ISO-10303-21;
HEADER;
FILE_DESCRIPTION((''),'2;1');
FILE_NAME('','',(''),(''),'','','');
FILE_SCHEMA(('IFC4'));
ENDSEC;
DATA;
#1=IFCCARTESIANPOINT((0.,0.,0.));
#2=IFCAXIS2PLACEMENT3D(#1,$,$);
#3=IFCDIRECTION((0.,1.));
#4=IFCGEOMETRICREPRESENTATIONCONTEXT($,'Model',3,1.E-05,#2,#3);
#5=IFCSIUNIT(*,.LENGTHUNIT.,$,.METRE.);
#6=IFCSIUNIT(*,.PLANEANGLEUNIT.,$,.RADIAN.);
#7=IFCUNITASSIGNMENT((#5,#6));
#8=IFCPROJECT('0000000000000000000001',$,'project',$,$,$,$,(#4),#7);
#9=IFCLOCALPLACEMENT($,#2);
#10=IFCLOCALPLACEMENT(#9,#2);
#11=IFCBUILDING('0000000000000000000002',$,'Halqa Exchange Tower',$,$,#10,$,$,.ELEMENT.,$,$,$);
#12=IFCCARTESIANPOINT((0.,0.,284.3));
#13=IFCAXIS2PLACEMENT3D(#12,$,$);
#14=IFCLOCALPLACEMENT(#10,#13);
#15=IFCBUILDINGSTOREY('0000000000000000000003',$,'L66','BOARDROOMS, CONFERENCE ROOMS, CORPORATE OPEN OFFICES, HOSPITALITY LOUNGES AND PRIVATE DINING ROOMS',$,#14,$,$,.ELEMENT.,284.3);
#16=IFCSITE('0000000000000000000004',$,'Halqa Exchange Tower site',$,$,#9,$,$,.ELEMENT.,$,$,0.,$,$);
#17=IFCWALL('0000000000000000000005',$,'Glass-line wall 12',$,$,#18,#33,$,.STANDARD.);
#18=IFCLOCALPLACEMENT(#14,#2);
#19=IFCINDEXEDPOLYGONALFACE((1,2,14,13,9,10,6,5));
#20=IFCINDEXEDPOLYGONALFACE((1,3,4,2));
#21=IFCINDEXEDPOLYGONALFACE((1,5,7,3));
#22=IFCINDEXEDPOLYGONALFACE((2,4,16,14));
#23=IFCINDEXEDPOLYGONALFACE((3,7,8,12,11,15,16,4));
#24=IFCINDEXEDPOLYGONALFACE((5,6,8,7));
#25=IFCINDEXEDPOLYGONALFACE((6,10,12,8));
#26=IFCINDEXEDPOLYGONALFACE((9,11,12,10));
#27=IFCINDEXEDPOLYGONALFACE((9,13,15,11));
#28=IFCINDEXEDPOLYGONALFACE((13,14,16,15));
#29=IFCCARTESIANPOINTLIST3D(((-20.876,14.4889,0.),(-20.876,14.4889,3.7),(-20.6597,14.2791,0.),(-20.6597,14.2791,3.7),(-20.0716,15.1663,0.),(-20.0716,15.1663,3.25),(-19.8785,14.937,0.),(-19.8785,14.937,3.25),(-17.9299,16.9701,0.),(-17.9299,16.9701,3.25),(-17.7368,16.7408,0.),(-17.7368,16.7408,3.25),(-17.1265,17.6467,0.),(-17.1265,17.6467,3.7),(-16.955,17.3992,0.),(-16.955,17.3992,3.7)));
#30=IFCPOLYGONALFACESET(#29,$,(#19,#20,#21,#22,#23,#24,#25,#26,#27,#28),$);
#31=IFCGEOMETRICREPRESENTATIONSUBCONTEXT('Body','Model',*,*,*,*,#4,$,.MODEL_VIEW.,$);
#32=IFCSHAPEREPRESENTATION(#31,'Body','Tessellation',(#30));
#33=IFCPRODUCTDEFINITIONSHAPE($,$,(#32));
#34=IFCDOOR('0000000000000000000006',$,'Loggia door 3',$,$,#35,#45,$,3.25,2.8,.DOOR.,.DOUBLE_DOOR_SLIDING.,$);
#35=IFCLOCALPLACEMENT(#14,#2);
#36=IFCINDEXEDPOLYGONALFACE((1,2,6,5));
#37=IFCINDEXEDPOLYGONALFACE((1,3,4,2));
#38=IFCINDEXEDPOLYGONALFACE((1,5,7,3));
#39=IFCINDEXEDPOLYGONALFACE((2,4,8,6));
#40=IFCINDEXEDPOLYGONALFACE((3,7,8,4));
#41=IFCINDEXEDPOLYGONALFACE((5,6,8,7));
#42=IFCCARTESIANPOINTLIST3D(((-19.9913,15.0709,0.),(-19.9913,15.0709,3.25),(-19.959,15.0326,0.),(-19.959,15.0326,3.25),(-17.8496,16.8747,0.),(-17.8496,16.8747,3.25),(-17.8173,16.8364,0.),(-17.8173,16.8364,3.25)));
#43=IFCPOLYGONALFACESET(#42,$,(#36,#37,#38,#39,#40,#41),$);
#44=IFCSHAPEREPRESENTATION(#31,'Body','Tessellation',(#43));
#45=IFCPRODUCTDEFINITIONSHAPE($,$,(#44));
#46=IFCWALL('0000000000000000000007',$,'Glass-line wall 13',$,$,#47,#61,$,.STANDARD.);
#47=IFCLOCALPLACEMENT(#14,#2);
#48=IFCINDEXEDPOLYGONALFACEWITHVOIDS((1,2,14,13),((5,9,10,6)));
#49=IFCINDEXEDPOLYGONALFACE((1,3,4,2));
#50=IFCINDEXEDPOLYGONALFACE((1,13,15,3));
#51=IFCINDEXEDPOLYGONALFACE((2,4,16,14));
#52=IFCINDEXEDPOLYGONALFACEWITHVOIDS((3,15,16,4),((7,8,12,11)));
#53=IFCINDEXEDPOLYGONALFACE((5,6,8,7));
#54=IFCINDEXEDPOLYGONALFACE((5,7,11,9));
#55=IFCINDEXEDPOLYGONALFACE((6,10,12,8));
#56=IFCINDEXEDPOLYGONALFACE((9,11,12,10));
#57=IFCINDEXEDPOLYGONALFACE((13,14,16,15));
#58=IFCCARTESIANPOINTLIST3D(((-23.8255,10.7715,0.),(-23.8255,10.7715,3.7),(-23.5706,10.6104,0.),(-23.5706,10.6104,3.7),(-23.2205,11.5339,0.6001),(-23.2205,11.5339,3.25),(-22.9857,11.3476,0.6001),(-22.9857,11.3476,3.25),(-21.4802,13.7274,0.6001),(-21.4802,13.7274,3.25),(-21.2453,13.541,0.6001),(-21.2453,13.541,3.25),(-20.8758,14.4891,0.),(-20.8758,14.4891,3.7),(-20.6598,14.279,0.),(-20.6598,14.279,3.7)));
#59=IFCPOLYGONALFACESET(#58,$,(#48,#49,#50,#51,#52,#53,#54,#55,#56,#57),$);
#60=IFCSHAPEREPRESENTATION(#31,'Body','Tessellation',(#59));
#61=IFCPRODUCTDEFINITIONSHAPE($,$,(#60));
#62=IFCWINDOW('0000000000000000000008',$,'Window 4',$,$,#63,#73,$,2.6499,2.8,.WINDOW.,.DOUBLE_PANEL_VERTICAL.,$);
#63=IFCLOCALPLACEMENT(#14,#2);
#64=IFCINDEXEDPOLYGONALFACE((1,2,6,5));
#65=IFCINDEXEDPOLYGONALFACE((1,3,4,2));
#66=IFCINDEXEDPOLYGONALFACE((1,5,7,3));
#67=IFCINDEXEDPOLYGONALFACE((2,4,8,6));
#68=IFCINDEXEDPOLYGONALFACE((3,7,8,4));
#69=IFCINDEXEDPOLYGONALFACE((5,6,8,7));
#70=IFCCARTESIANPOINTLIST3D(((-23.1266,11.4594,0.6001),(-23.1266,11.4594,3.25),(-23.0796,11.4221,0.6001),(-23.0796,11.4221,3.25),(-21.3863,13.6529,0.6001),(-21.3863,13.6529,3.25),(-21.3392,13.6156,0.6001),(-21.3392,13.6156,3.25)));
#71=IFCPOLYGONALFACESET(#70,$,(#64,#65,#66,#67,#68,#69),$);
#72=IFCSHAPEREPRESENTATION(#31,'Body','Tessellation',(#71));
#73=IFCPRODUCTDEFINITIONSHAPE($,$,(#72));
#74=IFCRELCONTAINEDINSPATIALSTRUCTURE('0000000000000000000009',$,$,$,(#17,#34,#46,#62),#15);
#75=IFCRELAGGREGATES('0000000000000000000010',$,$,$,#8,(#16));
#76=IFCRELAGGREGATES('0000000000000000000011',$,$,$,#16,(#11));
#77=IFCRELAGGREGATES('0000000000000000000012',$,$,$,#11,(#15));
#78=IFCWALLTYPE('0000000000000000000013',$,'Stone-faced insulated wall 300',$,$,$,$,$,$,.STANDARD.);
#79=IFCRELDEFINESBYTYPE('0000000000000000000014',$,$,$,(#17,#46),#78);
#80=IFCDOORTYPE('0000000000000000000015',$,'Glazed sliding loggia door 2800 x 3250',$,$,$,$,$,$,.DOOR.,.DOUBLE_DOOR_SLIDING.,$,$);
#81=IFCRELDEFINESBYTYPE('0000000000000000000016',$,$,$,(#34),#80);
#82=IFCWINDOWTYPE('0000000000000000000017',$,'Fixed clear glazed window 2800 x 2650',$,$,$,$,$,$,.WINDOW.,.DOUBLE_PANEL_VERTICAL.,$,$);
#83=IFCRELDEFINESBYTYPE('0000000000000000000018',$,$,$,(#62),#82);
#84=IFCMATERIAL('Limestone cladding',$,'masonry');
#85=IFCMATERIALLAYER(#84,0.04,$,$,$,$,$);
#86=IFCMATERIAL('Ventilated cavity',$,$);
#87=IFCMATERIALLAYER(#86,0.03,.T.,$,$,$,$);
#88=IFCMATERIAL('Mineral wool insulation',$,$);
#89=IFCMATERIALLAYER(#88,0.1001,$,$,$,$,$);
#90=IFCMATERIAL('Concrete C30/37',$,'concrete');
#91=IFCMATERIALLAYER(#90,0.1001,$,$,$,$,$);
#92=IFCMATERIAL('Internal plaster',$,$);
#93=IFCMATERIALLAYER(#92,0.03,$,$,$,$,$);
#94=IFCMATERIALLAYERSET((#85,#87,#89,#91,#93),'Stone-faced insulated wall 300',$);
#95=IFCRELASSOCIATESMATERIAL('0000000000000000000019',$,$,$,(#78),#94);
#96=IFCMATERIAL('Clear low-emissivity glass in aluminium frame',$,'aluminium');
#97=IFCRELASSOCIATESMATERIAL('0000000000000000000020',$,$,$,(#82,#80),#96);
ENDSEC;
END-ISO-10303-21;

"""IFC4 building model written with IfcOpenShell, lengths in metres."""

from ifc_helpers import new_model, si_unit, direction, frame, frame_2d, origin, place, context, subcontext, project, spatial, polyline, rectangle, outline, extrude, material, layer, layer_set, type_object, element, fill, save


model = new_model("IFC4")

# Units and contexts
model_context = context("Model", 3, precision=1e-05, world=origin(), true_north=direction((0.0, 1.0)))
body_context = subcontext(model_context, "Body", "Model", "MODEL_VIEW")
ifc_project = project(units=[si_unit("LENGTHUNIT", "METRE"), si_unit("PLANEANGLEUNIT", "RADIAN")], contexts=[model_context])

# Site, building, storey
site_placement = place(None, origin())
site = spatial("IfcSite", under=ifc_project, at=site_placement, Name="Halqa Exchange Tower site", CompositionType="ELEMENT", RefElevation=0.0)
building_placement = place(site_placement, origin())
building = spatial("IfcBuilding", under=site, at=building_placement, Name="Halqa Exchange Tower", CompositionType="ELEMENT")
storey_placement = place(building_placement, frame((0.0, 0.0, 284.3)))
storey = spatial("IfcBuildingStorey", under=building, at=storey_placement, Name="L66", Description="BOARDROOMS, CONFERENCE ROOMS, CORPORATE OPEN OFFICES, HOSPITALITY LOUNGES AND PRIVATE DINING ROOMS", CompositionType="ELEMENT", Elevation=284.3)

# Shared definitions
ifc_material_1 = material(Name="Limestone cladding", Category="masonry")
ifc_layer_1 = layer(ifc_material_1, 0.04)
ifc_material_2 = material(Name="Ventilated cavity")
ifc_layer_2 = layer(ifc_material_2, 0.03, ventilated=True)
ifc_material_3 = material(Name="Mineral wool insulation")
ifc_layer_3 = layer(ifc_material_3, 0.1001)
ifc_material_4 = material(Name="Concrete C30/37", Category="concrete")
ifc_layer_4 = layer(ifc_material_4, 0.1001)
ifc_material_5 = material(Name="Internal plaster")
ifc_layer_5 = layer(ifc_material_5, 0.03)
ifc_layer_set_1 = layer_set([ifc_layer_1, ifc_layer_2, ifc_layer_3, ifc_layer_4, ifc_layer_5], Name="Stone-faced insulated wall 300")
wall_type_1 = type_object("IfcWallType", Name="Stone-faced insulated wall 300", PredefinedType="STANDARD", material=ifc_layer_set_1)
ifc_material_6 = material(Name="Clear low-emissivity glass in aluminium frame", Category="aluminium")
window_type = type_object("IfcWindowType", Name="Fixed clear glazed window 2800 x 2650", PartitioningType="DOUBLE_PANEL_VERTICAL", PredefinedType="WINDOW", material=ifc_material_6)

# Wall, opening, door
wall_1_placement = place(storey_placement, frame((-17.0408, 17.5229, 0.0), z_axis=(0.0, 0.0, 1.0), x_axis=(-0.764876, -0.644177, 0.0)))
wall_1 = element("IfcWall", 1, at=wall_1_placement, inside=storey, type_object=wall_type_1, Name="Glass-line wall 12", PredefinedType="STANDARD", context=body_context, shape_type="SweptSolid", body=[
    extrude(outline(polyline([(-0.0142, -0.1499), (4.8879, -0.1499), (4.8577, 0.1499), (0.0142, 0.1499), (-0.0142, -0.1499)])), origin(), (0.0, 0.0, 1.0), 3.7),
])
opening_1_placement = place(wall_1_placement, frame((1.0364, 0.0, 0.0)))
opening_1 = element("IfcOpeningElement", 2, at=opening_1_placement, cuts=wall_1, PredefinedType="OPENING", context=body_context, shape_type="SweptSolid", body=[
    extrude(rectangle(XDim=2.8, YDim=3.25, at=frame_2d((1.3999, 1.625))), frame((0.0, 0.1621, 0.0), z_axis=(0.0, -1.0, 0.0), x_axis=(1.0, 0.0, 0.0)), (0.0, 0.0, 1.0), 0.324),
])
door_type_1 = type_object("IfcDoorType", Name="Glazed sliding loggia door 2800 x 3250", OperationType="DOUBLE_DOOR_SLIDING", PredefinedType="DOOR", material=ifc_material_6)
door_1_placement = place(opening_1_placement, origin())
door_1 = element("IfcDoor", 3, at=door_1_placement, inside=storey, type_object=door_type_1, Name="Loggia door 3", OperationType="DOUBLE_DOOR_SLIDING", OverallHeight=3.25, OverallWidth=2.8, PredefinedType="DOOR", context=body_context, shape_type="SweptSolid", body=[
    extrude(rectangle(XDim=2.8, YDim=3.25, at=frame_2d((1.3999, 1.625))), frame((0.0, 0.0249, 0.0), z_axis=(0.0, -1.0, 0.0), x_axis=(1.0, 0.0, 0.0)), (0.0, 0.0, 1.0), 0.05),
])
fill(opening_1, door_1)

# Wall, opening, window
wall_2_placement = place(storey_placement, frame((-20.7678, 14.384, 0.0), z_axis=(0.0, 0.0, 1.0), x_axis=(-0.621545, -0.783379, 0.0)))
wall_2 = element("IfcWall", 4, at=wall_2_placement, inside=storey, type_object=wall_type_1, Name="Glass-line wall 13", PredefinedType="STANDARD", context=body_context, shape_type="SweptSolid", body=[
    extrude(outline(polyline([(-0.0151, -0.1499), (4.7305, -0.1499), (4.6982, 0.1499), (0.0151, 0.1499), (-0.0151, -0.1499)])), origin(), (0.0, 0.0, 1.0), 3.7),
])
opening_2_placement = place(wall_2_placement, frame((0.9573, 0.0, 0.6001)))
opening_2 = element("IfcOpeningElement", 5, at=opening_2_placement, cuts=wall_2, PredefinedType="OPENING", context=body_context, shape_type="SweptSolid", body=[
    extrude(rectangle(XDim=2.8, YDim=2.6499, at=frame_2d((1.3999, 1.325))), frame((0.0, 0.1621, 0.0), z_axis=(0.0, -1.0, 0.0), x_axis=(1.0, 0.0, 0.0)), (0.0, 0.0, 1.0), 0.324),
])
window_1_placement = place(opening_2_placement, origin())
window_1 = element("IfcWindow", 6, at=window_1_placement, inside=storey, type_object=window_type, Name="Window 4", OverallHeight=2.6499, OverallWidth=2.8, PartitioningType="DOUBLE_PANEL_VERTICAL", PredefinedType="WINDOW", context=body_context, shape_type="SweptSolid", body=[
    extrude(rectangle(XDim=2.8, YDim=2.6499, at=frame_2d((1.3999, 1.325))), frame((0.0, 0.03, 0.0), z_axis=(0.0, -1.0, 0.0), x_axis=(1.0, 0.0, 0.0)), (0.0, 0.0, 1.0), 0.0601),
])
fill(opening_2, window_1)

save(model, "model.ifc")
